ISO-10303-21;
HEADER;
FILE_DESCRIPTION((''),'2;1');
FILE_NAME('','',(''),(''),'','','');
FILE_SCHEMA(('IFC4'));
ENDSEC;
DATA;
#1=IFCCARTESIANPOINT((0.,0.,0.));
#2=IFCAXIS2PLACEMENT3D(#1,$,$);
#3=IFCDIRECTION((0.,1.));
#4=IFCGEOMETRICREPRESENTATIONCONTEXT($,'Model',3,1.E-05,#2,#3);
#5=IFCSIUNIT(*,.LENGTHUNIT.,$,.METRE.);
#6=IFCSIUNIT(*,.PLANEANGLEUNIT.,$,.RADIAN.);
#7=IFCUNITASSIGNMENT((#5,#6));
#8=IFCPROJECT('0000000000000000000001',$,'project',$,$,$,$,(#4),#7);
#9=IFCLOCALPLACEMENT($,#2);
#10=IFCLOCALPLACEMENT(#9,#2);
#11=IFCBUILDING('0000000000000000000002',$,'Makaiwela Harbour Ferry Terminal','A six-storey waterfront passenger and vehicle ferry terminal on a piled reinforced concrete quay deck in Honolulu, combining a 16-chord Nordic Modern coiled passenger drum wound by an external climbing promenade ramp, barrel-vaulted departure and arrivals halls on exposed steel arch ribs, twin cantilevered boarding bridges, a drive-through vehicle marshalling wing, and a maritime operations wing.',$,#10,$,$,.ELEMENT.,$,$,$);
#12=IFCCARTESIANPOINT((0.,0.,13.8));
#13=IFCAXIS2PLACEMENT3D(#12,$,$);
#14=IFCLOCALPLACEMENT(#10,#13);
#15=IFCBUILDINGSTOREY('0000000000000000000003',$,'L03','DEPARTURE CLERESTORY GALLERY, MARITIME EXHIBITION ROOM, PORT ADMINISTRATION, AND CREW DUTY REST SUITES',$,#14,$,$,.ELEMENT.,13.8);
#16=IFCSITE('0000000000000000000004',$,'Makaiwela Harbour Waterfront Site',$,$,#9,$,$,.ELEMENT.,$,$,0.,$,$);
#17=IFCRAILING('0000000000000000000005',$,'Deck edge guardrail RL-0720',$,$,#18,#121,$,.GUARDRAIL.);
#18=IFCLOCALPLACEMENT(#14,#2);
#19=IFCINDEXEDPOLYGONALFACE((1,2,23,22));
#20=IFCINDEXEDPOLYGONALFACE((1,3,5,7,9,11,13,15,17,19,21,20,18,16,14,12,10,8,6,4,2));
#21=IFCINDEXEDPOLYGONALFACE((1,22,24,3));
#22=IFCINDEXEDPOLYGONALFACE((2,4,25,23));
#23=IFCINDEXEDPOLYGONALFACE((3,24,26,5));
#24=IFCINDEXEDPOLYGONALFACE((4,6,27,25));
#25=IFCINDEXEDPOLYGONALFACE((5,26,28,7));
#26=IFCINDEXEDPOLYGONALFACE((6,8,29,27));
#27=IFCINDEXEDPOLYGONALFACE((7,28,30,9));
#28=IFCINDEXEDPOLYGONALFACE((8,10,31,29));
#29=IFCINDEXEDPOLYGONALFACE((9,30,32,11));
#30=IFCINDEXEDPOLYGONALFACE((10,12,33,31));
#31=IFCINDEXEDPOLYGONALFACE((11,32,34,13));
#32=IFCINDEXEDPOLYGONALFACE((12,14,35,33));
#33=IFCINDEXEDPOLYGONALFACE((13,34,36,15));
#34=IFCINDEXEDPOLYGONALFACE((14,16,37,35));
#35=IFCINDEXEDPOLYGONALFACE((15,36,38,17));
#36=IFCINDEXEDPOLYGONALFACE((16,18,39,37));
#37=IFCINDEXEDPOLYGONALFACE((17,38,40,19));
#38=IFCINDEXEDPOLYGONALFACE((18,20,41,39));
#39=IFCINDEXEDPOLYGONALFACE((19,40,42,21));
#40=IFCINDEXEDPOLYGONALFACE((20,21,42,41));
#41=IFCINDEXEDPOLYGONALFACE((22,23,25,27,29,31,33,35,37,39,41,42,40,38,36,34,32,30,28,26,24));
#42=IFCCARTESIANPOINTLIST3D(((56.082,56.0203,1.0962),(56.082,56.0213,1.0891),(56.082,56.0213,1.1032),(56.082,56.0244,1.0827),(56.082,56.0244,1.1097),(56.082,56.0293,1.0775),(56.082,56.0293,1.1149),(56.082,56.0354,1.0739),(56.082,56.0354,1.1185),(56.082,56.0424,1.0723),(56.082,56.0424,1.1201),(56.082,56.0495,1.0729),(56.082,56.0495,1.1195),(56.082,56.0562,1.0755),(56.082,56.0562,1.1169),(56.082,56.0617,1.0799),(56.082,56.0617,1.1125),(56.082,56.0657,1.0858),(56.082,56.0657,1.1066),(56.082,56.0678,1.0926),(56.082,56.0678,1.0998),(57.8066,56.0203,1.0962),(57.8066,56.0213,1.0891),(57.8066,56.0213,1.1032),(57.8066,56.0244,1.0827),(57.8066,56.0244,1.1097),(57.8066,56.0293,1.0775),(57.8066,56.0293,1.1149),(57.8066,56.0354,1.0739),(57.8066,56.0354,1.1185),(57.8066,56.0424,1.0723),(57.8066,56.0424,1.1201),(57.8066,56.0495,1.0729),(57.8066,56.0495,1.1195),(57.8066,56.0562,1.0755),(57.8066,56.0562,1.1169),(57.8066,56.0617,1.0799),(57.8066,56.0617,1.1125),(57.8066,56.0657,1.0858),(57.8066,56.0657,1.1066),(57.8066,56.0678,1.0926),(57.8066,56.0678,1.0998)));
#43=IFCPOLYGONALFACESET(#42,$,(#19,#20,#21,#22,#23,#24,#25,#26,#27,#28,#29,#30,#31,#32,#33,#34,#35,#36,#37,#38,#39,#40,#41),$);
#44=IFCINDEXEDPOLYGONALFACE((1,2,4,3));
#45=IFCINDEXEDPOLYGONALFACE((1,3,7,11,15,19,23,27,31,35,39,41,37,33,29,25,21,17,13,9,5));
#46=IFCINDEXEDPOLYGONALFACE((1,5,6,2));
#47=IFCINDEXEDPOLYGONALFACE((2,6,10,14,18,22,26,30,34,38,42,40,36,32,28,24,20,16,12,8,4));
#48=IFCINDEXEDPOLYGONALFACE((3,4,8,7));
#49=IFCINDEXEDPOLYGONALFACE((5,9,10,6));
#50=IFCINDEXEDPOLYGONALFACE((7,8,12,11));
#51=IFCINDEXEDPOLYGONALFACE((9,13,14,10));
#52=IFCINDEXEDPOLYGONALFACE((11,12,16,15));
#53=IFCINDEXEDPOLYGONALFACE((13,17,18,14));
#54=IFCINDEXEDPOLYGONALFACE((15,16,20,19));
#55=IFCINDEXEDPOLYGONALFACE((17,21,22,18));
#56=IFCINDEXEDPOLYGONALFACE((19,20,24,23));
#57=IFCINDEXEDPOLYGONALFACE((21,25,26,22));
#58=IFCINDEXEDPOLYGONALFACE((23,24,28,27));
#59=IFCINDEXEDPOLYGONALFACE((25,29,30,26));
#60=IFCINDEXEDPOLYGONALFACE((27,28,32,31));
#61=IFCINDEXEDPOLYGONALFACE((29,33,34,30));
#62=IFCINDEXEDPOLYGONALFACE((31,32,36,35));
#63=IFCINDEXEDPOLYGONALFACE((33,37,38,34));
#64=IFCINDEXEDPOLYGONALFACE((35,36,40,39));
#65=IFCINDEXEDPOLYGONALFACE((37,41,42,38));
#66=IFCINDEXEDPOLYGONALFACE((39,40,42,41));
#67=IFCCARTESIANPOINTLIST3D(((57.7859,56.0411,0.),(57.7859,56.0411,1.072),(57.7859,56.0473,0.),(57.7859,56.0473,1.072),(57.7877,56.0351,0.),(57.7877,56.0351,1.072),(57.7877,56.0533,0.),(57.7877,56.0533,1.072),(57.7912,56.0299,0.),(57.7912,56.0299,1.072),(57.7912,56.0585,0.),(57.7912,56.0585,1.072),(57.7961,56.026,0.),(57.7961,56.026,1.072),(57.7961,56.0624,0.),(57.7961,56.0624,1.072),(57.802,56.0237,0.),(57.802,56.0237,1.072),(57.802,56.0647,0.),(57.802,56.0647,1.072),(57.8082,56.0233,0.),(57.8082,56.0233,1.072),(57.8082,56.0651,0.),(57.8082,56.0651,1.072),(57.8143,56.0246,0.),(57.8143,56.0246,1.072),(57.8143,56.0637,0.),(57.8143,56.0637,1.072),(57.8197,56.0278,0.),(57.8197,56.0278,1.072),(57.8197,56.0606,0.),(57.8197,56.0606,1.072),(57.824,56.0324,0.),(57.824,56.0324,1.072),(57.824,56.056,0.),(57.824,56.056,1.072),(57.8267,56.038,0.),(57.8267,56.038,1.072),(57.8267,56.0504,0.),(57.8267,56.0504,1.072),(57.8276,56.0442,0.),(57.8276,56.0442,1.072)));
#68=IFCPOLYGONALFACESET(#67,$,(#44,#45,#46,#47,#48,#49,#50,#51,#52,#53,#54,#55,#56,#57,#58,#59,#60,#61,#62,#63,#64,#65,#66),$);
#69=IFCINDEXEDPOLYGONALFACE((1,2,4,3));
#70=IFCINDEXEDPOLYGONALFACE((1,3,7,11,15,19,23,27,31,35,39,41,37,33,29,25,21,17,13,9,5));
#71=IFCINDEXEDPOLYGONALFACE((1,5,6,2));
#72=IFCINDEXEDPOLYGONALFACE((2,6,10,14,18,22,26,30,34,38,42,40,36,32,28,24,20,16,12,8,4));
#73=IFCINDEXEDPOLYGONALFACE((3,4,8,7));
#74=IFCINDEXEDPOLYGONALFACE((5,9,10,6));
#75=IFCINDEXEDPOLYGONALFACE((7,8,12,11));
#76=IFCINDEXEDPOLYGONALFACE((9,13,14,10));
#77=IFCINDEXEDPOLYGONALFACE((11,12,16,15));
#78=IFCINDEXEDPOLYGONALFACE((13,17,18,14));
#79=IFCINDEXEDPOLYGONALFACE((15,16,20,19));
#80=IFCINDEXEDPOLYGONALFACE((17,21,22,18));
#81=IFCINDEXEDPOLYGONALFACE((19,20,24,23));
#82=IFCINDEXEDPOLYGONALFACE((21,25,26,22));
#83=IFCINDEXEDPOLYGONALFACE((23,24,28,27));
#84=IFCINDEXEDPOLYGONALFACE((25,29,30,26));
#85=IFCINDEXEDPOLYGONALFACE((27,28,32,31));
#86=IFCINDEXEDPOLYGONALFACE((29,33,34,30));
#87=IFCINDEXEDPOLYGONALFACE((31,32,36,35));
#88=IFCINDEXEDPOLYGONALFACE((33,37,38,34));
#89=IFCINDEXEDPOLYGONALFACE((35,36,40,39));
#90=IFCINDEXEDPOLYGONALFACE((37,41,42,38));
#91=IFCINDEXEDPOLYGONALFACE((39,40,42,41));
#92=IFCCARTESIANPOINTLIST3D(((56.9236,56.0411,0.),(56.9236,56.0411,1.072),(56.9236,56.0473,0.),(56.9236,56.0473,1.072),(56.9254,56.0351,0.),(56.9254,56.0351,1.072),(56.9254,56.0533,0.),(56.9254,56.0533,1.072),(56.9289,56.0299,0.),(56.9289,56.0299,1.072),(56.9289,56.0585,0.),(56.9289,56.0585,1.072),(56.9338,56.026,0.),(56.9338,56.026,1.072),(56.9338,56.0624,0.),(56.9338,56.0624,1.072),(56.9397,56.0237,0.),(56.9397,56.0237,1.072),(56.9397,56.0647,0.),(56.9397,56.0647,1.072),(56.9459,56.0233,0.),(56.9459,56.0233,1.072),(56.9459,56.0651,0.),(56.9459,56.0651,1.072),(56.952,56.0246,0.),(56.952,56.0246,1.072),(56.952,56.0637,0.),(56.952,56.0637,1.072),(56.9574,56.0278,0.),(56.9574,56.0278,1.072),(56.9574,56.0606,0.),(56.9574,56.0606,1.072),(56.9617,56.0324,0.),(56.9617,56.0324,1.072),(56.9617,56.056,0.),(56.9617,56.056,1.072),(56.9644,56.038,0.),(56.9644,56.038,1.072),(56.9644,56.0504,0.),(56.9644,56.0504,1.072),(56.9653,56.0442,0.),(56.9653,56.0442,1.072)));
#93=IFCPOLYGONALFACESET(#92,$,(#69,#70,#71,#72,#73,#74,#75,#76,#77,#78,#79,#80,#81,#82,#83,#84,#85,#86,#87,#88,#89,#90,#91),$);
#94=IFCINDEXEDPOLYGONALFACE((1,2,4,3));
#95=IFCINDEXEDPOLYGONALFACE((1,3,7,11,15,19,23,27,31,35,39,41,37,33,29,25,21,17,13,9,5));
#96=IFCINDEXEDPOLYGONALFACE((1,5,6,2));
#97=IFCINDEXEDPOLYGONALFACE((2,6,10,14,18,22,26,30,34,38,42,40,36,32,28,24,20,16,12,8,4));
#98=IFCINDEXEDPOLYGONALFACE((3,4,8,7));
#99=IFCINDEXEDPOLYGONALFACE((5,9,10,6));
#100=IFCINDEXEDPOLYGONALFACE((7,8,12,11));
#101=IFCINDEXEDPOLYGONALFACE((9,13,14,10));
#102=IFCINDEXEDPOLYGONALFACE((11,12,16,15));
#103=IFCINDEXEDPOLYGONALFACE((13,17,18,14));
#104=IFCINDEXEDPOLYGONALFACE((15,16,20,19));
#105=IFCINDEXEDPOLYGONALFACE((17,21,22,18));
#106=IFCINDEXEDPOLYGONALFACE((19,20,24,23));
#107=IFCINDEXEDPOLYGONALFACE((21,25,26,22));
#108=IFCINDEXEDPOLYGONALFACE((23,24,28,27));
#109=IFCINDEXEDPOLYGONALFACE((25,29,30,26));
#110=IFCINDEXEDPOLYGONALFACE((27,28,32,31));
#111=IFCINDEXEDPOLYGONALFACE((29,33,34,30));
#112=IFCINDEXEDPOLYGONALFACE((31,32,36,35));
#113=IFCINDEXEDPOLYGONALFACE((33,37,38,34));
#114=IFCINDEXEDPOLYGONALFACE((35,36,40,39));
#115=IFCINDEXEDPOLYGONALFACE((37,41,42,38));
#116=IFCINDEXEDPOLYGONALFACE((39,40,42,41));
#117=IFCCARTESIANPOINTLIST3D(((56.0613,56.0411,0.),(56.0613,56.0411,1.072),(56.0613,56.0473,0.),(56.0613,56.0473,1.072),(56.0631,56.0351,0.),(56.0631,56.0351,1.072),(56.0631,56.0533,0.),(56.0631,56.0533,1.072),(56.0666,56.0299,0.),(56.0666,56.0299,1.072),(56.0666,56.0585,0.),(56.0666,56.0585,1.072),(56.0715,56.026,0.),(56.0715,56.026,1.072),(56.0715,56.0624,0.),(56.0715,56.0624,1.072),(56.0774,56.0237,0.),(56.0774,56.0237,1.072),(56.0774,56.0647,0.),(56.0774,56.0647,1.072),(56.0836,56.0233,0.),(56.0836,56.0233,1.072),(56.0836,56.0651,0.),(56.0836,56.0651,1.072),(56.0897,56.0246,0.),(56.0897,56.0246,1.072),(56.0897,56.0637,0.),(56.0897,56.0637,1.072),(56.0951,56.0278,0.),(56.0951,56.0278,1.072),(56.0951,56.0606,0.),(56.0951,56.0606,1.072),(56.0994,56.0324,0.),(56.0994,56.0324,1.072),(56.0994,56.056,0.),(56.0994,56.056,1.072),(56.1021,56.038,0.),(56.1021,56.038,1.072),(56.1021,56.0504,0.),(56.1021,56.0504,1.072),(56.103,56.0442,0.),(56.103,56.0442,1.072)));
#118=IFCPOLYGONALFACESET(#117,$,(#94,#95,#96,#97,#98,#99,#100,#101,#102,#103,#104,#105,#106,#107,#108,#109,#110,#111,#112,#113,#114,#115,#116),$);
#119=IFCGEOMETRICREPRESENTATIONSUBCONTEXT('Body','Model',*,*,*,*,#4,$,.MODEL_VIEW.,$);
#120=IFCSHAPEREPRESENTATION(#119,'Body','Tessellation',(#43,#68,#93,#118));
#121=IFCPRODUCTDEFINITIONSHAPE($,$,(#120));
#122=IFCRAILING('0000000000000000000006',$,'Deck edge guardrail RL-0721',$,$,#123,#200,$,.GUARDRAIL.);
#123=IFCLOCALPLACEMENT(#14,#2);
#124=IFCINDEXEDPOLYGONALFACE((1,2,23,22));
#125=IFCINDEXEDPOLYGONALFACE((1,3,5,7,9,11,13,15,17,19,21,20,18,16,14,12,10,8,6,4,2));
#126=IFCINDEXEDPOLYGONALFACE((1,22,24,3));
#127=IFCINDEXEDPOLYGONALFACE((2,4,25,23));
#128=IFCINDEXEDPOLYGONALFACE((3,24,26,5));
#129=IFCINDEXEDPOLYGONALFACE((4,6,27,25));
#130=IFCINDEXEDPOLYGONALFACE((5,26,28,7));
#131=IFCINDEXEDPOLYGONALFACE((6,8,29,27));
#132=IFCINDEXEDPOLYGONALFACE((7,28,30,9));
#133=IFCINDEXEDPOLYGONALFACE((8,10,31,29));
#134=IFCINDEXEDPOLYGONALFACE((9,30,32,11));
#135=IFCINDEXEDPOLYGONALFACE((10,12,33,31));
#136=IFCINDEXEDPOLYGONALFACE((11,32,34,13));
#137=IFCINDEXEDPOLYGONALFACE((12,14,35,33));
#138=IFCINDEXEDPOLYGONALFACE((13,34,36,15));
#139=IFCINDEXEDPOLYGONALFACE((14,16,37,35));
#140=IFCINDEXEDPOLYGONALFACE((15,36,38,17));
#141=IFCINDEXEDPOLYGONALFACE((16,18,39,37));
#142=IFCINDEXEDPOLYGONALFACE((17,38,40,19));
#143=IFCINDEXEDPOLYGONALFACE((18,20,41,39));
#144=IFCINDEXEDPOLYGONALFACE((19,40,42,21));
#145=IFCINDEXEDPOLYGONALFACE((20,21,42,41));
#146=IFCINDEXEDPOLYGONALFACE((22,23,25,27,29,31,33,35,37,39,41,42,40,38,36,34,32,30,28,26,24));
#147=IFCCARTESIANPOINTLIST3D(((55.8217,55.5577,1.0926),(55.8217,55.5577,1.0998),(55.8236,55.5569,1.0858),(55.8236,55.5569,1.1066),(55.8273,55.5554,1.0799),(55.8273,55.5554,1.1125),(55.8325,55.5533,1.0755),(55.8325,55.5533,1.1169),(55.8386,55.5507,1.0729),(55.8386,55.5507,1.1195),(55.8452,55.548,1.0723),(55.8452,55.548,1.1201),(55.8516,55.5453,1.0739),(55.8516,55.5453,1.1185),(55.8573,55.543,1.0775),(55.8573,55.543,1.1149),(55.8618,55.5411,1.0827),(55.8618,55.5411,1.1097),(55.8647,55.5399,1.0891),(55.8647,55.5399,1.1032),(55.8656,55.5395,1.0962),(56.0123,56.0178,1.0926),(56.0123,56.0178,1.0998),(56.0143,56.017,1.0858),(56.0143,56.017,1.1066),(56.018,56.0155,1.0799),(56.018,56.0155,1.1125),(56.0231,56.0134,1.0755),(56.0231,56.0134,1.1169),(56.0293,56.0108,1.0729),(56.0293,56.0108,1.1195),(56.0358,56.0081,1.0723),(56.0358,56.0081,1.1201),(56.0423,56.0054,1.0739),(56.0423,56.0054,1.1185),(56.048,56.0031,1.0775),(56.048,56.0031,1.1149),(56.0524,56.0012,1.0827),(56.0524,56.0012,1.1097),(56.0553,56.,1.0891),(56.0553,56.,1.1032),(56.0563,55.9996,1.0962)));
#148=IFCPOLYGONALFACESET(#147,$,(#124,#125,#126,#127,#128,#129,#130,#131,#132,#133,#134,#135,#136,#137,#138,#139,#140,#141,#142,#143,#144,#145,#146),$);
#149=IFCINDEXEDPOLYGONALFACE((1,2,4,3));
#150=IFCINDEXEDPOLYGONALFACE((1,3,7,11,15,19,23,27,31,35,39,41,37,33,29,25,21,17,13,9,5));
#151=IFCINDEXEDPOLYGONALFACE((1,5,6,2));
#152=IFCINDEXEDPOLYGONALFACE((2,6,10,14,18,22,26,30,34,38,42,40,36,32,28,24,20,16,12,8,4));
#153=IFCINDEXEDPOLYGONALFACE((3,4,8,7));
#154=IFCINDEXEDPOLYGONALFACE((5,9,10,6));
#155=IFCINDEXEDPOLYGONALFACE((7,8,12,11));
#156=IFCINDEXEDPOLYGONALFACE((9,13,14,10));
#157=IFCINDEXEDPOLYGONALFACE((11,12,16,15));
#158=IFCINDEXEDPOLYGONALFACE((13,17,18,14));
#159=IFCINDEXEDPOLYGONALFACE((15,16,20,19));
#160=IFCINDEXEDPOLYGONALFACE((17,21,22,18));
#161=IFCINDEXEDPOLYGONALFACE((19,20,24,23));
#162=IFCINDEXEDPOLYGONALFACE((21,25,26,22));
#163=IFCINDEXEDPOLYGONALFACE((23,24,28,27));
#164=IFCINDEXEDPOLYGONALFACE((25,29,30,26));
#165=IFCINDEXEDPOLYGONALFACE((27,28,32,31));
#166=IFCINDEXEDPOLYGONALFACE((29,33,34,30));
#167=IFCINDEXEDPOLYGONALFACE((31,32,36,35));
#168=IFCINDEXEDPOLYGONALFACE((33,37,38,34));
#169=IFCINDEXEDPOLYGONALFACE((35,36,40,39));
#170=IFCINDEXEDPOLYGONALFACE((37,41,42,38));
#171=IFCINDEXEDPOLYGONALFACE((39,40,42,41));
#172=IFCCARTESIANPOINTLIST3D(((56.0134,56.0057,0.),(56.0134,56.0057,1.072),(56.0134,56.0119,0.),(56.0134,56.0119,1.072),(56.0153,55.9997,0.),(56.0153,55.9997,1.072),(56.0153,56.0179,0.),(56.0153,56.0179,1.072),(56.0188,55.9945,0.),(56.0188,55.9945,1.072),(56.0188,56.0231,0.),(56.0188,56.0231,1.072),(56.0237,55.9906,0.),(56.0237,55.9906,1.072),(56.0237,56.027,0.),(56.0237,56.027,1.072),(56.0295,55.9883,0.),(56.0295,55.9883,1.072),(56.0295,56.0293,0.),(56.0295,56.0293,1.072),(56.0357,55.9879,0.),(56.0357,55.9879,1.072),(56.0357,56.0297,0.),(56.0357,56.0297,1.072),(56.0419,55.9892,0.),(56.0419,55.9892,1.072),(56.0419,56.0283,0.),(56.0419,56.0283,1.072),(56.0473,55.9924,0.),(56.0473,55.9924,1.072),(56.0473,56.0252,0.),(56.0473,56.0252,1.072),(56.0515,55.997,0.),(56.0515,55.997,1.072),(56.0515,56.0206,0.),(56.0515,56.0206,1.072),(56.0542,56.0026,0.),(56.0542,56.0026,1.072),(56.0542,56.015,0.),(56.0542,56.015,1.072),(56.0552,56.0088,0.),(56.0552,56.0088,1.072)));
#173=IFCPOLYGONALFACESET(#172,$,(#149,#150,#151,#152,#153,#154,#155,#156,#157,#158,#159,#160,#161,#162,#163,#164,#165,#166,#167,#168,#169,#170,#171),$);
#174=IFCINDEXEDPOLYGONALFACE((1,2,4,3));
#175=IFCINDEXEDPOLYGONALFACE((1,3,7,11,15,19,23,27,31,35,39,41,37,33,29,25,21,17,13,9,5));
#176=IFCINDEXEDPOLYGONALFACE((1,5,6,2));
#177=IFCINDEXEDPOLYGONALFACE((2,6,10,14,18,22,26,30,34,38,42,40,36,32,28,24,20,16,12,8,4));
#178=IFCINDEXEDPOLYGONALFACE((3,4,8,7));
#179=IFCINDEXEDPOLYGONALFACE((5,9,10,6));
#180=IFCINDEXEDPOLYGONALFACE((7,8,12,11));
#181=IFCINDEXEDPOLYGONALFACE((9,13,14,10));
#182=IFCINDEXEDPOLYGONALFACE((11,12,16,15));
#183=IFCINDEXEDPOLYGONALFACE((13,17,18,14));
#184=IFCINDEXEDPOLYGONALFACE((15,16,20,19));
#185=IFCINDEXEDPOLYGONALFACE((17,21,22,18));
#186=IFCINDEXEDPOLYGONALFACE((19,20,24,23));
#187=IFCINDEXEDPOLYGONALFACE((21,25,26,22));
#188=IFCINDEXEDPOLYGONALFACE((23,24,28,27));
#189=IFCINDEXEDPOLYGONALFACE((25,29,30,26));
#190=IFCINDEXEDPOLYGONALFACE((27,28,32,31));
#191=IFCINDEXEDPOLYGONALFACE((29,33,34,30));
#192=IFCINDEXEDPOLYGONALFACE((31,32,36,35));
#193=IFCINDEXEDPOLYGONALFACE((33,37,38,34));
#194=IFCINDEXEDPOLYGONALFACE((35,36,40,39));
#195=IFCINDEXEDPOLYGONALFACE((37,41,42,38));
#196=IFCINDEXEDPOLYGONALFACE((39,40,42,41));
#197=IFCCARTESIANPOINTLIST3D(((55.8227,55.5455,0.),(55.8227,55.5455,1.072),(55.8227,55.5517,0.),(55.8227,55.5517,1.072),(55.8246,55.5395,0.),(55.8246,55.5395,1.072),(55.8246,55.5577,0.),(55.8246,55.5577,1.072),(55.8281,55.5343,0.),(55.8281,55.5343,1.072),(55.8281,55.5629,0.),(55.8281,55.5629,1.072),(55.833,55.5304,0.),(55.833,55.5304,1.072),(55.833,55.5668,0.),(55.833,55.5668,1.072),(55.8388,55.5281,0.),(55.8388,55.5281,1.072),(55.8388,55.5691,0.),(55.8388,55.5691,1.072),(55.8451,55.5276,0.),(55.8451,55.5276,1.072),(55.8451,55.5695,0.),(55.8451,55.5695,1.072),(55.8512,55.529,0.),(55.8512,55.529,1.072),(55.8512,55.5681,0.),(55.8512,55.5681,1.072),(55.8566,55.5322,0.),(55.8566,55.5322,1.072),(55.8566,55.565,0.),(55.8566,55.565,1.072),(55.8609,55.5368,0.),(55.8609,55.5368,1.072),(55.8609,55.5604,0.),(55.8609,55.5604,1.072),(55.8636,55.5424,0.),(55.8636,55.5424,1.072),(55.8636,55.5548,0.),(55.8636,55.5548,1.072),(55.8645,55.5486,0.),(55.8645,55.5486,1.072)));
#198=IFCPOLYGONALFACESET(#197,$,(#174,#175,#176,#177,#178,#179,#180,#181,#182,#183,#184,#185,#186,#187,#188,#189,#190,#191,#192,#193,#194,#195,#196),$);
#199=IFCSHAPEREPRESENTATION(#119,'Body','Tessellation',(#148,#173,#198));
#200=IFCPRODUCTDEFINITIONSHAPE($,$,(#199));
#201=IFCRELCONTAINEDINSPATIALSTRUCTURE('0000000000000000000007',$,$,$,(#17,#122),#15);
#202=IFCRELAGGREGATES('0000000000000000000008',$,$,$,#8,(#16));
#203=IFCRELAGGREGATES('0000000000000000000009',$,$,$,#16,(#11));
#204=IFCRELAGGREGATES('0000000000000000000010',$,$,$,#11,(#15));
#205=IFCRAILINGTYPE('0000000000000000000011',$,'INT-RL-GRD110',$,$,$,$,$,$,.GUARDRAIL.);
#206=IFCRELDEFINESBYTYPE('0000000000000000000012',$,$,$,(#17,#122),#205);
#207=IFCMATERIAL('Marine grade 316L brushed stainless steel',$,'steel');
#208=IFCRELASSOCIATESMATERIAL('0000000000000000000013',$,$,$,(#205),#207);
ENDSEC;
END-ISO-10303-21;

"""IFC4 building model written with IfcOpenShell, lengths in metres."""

from ifc_helpers import new_model, si_unit, direction, frame, origin, origin_2d, place, context, subcontext, project, spatial, circle, extrude, material, type_object, element, save


model = new_model("IFC4")

# Units and contexts
model_context = context("Model", 3, precision=1e-05, world=origin(), true_north=direction((0.0, 1.0)))
body_context = subcontext(model_context, "Body", "Model", "MODEL_VIEW")
ifc_project = project(units=[si_unit("LENGTHUNIT", "METRE"), si_unit("PLANEANGLEUNIT", "RADIAN")], contexts=[model_context])

# Site, building, storey
site_placement = place(None, origin())
site = spatial("IfcSite", under=ifc_project, at=site_placement, Name="Makaiwela Harbour Waterfront Site", CompositionType="ELEMENT", RefElevation=0.0)
building_placement = place(site_placement, origin())
building = spatial("IfcBuilding", under=site, at=building_placement, Name="Makaiwela Harbour Ferry Terminal", Description="A six-storey waterfront passenger and vehicle ferry terminal on a piled reinforced concrete quay deck in Honolulu, combining a 16-chord Nordic Modern coiled passenger drum wound by an external climbing promenade ramp, barrel-vaulted departure and arrivals halls on exposed steel arch ribs, twin cantilevered boarding bridges, a drive-through vehicle marshalling wing, and a maritime operations wing.", CompositionType="ELEMENT")
storey_placement = place(building_placement, frame((0.0, 0.0, 13.8)))
storey = spatial("IfcBuildingStorey", under=building, at=storey_placement, Name="L03", Description="DEPARTURE CLERESTORY GALLERY, MARITIME EXHIBITION ROOM, PORT ADMINISTRATION, AND CREW DUTY REST SUITES", CompositionType="ELEMENT", Elevation=13.8)

# Railings
ifc_material_1 = material(Name="Marine grade 316L brushed stainless steel", Category="steel")
railing_type = type_object("IfcRailingType", Name="INT-RL-GRD110", PredefinedType="GUARDRAIL", material=ifc_material_1)
railing_1_placement = place(storey_placement, frame((57.8066, 56.0442, 0.0)))
element("IfcRailing", 1, at=railing_1_placement, inside=storey, type_object=railing_type, Name="Deck edge guardrail RL-0720", PredefinedType="GUARDRAIL", context=body_context, shape_type="SweptSolid", body=[
    extrude(circle(Radius=0.0239, at=origin_2d()), frame((0.0, 0.0, 1.0962), z_axis=(-1.0, 0.0, 0.0), x_axis=(0.0, -1.0, 0.0)), (0.0, 0.0, 1.0), 1.7246),
    extrude(circle(Radius=0.021, at=origin_2d()), origin(), (0.0, 0.0, 1.0), 1.072),
    extrude(circle(Radius=0.021, at=origin_2d()), frame((-0.8623, 0.0, 0.0)), (0.0, 0.0, 1.0), 1.072),
    extrude(circle(Radius=0.021, at=origin_2d()), frame((-1.7246, 0.0, 0.0)), (0.0, 0.0, 1.0), 1.072),
])
railing_2_placement = place(storey_placement, frame((56.0342, 56.0088, 0.0)))
element("IfcRailing", 2, at=railing_2_placement, inside=storey, type_object=railing_type, Name="Deck edge guardrail RL-0721", PredefinedType="GUARDRAIL", context=body_context, shape_type="SweptSolid", body=[
    extrude(circle(Radius=0.0239, at=origin_2d()), frame((0.0, 0.0, 1.0962), z_axis=(-0.38277, -0.923844, 0.0), x_axis=(0.923844, -0.38277, 0.0)), (0.0, 0.0, 1.0), 0.498),
    extrude(circle(Radius=0.021, at=origin_2d()), origin(), (0.0, 0.0, 1.0), 1.072),
    extrude(circle(Radius=0.021, at=origin_2d()), frame((-0.1907, -0.4602, 0.0)), (0.0, 0.0, 1.0), 1.072),
])

save(model, "model.ifc")
